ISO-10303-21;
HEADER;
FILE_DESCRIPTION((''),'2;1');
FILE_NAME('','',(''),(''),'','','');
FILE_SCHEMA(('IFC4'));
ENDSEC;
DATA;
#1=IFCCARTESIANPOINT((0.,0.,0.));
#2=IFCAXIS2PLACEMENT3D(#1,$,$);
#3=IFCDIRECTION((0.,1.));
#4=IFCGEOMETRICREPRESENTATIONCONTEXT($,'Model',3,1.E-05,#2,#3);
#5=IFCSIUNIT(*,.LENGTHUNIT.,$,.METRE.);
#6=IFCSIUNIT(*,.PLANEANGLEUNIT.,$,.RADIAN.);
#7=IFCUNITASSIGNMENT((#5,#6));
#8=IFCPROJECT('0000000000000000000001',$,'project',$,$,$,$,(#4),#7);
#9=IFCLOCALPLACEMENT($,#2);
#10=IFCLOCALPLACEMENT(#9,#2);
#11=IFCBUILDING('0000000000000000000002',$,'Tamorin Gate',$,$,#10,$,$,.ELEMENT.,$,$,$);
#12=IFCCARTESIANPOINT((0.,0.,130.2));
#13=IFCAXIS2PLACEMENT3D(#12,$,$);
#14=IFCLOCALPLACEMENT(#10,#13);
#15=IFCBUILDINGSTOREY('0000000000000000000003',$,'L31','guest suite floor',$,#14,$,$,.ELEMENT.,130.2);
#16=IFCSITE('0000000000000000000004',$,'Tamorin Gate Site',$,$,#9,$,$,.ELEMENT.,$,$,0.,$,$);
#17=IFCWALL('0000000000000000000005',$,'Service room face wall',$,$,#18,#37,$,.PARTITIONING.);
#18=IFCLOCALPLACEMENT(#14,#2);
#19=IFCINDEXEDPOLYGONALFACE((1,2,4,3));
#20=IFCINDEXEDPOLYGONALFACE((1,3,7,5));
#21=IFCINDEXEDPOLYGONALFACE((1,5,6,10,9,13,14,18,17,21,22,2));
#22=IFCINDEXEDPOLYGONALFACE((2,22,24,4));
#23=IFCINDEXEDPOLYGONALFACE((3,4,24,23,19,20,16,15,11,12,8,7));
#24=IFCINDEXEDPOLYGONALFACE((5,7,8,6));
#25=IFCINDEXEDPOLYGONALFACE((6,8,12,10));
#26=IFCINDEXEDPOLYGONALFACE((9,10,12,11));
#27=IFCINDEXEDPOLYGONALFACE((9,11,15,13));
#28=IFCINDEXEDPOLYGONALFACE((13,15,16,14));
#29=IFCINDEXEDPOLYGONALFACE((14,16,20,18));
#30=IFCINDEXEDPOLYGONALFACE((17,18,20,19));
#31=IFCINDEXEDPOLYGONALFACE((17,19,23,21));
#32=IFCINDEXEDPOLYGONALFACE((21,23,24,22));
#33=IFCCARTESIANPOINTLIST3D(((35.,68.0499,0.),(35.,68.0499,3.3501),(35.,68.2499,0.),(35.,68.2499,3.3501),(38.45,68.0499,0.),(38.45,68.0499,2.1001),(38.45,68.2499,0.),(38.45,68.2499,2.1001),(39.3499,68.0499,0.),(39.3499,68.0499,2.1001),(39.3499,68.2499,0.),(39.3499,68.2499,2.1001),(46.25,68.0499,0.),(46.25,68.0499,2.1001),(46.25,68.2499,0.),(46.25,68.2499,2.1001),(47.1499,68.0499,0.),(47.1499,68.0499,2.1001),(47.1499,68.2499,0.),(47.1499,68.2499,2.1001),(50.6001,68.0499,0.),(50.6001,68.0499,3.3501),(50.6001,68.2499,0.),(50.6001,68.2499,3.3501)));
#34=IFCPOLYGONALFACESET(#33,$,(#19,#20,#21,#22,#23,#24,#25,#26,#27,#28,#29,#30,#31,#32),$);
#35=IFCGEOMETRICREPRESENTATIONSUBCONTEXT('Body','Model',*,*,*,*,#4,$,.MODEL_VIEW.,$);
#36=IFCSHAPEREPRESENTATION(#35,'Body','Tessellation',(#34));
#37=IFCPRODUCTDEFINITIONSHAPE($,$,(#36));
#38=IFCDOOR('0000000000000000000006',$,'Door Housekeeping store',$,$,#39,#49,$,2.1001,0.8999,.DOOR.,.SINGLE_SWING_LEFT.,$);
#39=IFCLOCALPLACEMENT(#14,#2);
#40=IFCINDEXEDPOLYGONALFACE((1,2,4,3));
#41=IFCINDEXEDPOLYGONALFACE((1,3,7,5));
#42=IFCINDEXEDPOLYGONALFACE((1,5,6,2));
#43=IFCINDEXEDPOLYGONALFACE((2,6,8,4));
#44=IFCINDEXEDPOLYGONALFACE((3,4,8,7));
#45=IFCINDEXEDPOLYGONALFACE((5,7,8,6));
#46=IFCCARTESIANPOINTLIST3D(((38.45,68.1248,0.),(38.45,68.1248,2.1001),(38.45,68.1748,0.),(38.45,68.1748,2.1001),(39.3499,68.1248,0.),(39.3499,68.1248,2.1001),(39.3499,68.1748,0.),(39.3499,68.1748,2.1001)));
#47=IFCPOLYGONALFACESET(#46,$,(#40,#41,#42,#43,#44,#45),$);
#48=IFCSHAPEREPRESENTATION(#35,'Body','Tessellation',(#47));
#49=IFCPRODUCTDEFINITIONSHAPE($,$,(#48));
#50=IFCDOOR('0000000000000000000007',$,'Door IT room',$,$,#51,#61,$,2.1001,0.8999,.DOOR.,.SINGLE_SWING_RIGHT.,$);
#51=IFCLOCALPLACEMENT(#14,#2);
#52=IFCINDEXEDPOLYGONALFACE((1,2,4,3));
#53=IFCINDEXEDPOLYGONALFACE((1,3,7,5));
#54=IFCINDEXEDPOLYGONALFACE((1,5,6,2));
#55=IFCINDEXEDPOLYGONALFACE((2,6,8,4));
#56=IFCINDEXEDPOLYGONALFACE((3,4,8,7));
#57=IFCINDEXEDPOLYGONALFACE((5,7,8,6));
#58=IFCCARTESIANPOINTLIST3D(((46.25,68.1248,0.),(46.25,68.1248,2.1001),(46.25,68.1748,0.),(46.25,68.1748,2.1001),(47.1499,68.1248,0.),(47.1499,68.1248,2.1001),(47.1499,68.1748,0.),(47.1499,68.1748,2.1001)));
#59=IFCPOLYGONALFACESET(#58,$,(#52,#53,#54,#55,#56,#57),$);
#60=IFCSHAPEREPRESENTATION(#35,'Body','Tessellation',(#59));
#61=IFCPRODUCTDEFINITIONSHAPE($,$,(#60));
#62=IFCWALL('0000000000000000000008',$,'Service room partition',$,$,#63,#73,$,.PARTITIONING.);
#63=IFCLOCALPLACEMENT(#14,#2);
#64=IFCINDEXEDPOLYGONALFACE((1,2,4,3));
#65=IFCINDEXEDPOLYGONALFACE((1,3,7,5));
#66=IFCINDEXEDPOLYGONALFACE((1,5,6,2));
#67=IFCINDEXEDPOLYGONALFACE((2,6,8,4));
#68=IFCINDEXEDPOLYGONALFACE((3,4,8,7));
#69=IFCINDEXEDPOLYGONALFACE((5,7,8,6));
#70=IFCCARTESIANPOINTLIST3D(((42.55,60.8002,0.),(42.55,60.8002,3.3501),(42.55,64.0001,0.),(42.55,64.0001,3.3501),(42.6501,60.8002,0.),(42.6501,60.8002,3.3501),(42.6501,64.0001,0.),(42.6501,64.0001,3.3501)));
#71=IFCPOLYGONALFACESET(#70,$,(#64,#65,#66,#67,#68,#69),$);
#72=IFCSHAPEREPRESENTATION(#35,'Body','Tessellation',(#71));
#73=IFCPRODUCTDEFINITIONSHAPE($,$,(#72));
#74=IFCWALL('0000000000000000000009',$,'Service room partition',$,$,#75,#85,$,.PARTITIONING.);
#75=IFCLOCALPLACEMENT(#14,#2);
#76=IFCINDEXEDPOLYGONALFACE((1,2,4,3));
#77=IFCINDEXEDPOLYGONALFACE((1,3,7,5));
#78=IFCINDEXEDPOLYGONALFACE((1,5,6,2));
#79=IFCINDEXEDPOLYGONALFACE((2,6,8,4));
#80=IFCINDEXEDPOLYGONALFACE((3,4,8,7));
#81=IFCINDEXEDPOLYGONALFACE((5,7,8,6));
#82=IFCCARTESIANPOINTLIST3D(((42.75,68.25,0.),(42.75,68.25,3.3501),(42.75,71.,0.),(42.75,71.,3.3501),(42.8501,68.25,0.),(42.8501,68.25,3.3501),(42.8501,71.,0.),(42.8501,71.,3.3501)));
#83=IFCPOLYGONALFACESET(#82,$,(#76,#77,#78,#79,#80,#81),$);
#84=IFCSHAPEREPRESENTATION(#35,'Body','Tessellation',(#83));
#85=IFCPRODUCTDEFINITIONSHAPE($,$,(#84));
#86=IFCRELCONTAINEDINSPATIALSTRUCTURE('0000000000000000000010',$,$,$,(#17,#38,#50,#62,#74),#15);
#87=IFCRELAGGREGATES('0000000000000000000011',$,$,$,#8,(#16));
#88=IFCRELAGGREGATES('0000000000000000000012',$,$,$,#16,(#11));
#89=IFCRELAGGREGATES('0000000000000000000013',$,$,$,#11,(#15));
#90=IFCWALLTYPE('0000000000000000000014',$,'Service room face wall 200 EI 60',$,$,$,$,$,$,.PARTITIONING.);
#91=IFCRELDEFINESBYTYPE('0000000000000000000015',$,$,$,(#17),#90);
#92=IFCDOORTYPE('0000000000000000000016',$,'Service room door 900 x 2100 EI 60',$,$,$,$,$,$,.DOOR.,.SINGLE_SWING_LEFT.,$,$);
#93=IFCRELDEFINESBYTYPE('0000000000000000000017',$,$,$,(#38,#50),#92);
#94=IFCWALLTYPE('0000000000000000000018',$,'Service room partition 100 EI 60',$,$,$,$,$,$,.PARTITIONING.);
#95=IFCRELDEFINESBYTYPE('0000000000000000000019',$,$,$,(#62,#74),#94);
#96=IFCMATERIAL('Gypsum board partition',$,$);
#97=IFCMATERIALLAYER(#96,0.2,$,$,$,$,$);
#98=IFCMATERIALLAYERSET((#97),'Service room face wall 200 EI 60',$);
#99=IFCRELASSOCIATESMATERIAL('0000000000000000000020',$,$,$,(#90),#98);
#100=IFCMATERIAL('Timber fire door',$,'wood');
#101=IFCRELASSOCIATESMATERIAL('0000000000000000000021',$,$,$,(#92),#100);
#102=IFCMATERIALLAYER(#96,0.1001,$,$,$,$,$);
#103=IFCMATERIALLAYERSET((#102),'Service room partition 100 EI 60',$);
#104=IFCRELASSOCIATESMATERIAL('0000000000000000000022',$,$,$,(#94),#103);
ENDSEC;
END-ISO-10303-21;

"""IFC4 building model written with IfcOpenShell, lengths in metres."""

from ifc_helpers import new_model, si_unit, direction, frame, frame_2d, origin, place, context, subcontext, project, spatial, rectangle, extrude, material, layer, layer_set, type_object, element, fill, save


model = new_model("IFC4")

# Units and contexts
model_context = context("Model", 3, precision=1e-05, world=origin(), true_north=direction((0.0, 1.0)))
body_context = subcontext(model_context, "Body", "Model", "MODEL_VIEW")
ifc_project = project(units=[si_unit("LENGTHUNIT", "METRE"), si_unit("PLANEANGLEUNIT", "RADIAN")], contexts=[model_context])

# Site, building, storey
site_placement = place(None, origin())
site = spatial("IfcSite", under=ifc_project, at=site_placement, Name="Tamorin Gate Site", CompositionType="ELEMENT", RefElevation=0.0)
building_placement = place(site_placement, origin())
building = spatial("IfcBuilding", under=site, at=building_placement, Name="Tamorin Gate", CompositionType="ELEMENT")
storey_placement = place(building_placement, frame((0.0, 0.0, 130.2)))
storey = spatial("IfcBuildingStorey", under=building, at=storey_placement, Name="L31", Description="guest suite floor", CompositionType="ELEMENT", Elevation=130.2)

# Wall, openings, doors
ifc_material_1 = material(Name="Gypsum board partition")
ifc_layer_1 = layer(ifc_material_1, 0.2)
ifc_layer_set_1 = layer_set([ifc_layer_1], Name="Service room face wall 200 EI 60")
wall_type_1 = type_object("IfcWallType", Name="Service room face wall 200 EI 60", PredefinedType="PARTITIONING", material=ifc_layer_set_1)
wall_1_placement = place(storey_placement, frame((35.0, 68.1499, 0.0), z_axis=(0.0, 0.0, 1.0), x_axis=(1.0, 0.0, 0.0)))
wall_1 = element("IfcWall", 1, at=wall_1_placement, inside=storey, type_object=wall_type_1, Name="Service room face wall", PredefinedType="PARTITIONING", context=body_context, shape_type="SweptSolid", body=[
    extrude(rectangle(XDim=15.6001, YDim=0.2, at=frame_2d((7.8, 0.0))), origin(), (0.0, 0.0, 1.0), 3.3501),
])
opening_1_placement = place(wall_1_placement, frame((3.45, 0.0, 0.0)))
opening_1 = element("IfcOpeningElement", 2, at=opening_1_placement, cuts=wall_1, PredefinedType="OPENING", context=body_context, shape_type="SweptSolid", body=[
    extrude(rectangle(XDim=0.8999, YDim=2.1001, at=frame_2d((0.45, 1.05))), frame((0.0, 0.1099, 0.0), z_axis=(0.0, -1.0, 0.0), x_axis=(1.0, 0.0, 0.0)), (0.0, 0.0, 1.0), 0.22),
])
opening_2_placement = place(wall_1_placement, frame((11.25, 0.0, 0.0)))
opening_2 = element("IfcOpeningElement", 3, at=opening_2_placement, cuts=wall_1, PredefinedType="OPENING", context=body_context, shape_type="SweptSolid", body=[
    extrude(rectangle(XDim=0.8999, YDim=2.1001, at=frame_2d((0.45, 1.05))), frame((0.0, 0.1099, 0.0), z_axis=(0.0, -1.0, 0.0), x_axis=(1.0, 0.0, 0.0)), (0.0, 0.0, 1.0), 0.22),
])
ifc_material_2 = material(Name="Timber fire door", Category="wood")
door_type_1 = type_object("IfcDoorType", Name="Service room door 900 x 2100 EI 60", OperationType="SINGLE_SWING_LEFT", PredefinedType="DOOR", material=ifc_material_2)
door_1_placement = place(opening_1_placement, origin())
door_1 = element("IfcDoor", 4, at=door_1_placement, inside=storey, type_object=door_type_1, Name="Door Housekeeping store", OperationType="SINGLE_SWING_LEFT", OverallHeight=2.1001, OverallWidth=0.8999, PredefinedType="DOOR", context=body_context, shape_type="SweptSolid", body=[
    extrude(rectangle(XDim=0.8999, YDim=2.1001, at=frame_2d((0.45, 1.05))), frame((0.0, 0.0249, 0.0), z_axis=(0.0, -1.0, 0.0), x_axis=(1.0, 0.0, 0.0)), (0.0, 0.0, 1.0), 0.05),
])
fill(opening_1, door_1)
door_2_placement = place(opening_2_placement, origin())
door_2 = element("IfcDoor", 5, at=door_2_placement, inside=storey, type_object=door_type_1, Name="Door IT room", OperationType="SINGLE_SWING_RIGHT", OverallHeight=2.1001, OverallWidth=0.8999, PredefinedType="DOOR", context=body_context, shape_type="SweptSolid", body=[
    extrude(rectangle(XDim=0.8999, YDim=2.1001, at=frame_2d((0.45, 1.05))), frame((0.0, 0.0249, 0.0), z_axis=(0.0, -1.0, 0.0), x_axis=(1.0, 0.0, 0.0)), (0.0, 0.0, 1.0), 0.05),
])
fill(opening_2, door_2)

# Walls
ifc_layer_2 = layer(ifc_material_1, 0.1001)
ifc_layer_set_2 = layer_set([ifc_layer_2], Name="Service room partition 100 EI 60")
wall_type_2 = type_object("IfcWallType", Name="Service room partition 100 EI 60", PredefinedType="PARTITIONING", material=ifc_layer_set_2)
wall_2_placement = place(storey_placement, frame((42.6001, 60.8, 0.0), z_axis=(0.0, 0.0, 1.0), x_axis=(0.0, 1.0, 0.0)))
element("IfcWall", 6, at=wall_2_placement, inside=storey, type_object=wall_type_2, Name="Service room partition", PredefinedType="PARTITIONING", context=body_context, shape_type="SweptSolid", body=[
    extrude(rectangle(XDim=3.2, YDim=0.1001, at=frame_2d((1.6001, 0.0))), origin(), (0.0, 0.0, 1.0), 3.3501),
])
wall_3_placement = place(storey_placement, frame((42.8, 68.25, 0.0), z_axis=(0.0, 0.0, 1.0), x_axis=(0.0, 1.0, 0.0)))
element("IfcWall", 7, at=wall_3_placement, inside=storey, type_object=wall_type_2, Name="Service room partition", PredefinedType="PARTITIONING", context=body_context, shape_type="SweptSolid", body=[
    extrude(rectangle(XDim=2.75, YDim=0.1001, at=frame_2d((1.375, 0.0))), origin(), (0.0, 0.0, 1.0), 3.3501),
])

save(model, "model.ifc")
